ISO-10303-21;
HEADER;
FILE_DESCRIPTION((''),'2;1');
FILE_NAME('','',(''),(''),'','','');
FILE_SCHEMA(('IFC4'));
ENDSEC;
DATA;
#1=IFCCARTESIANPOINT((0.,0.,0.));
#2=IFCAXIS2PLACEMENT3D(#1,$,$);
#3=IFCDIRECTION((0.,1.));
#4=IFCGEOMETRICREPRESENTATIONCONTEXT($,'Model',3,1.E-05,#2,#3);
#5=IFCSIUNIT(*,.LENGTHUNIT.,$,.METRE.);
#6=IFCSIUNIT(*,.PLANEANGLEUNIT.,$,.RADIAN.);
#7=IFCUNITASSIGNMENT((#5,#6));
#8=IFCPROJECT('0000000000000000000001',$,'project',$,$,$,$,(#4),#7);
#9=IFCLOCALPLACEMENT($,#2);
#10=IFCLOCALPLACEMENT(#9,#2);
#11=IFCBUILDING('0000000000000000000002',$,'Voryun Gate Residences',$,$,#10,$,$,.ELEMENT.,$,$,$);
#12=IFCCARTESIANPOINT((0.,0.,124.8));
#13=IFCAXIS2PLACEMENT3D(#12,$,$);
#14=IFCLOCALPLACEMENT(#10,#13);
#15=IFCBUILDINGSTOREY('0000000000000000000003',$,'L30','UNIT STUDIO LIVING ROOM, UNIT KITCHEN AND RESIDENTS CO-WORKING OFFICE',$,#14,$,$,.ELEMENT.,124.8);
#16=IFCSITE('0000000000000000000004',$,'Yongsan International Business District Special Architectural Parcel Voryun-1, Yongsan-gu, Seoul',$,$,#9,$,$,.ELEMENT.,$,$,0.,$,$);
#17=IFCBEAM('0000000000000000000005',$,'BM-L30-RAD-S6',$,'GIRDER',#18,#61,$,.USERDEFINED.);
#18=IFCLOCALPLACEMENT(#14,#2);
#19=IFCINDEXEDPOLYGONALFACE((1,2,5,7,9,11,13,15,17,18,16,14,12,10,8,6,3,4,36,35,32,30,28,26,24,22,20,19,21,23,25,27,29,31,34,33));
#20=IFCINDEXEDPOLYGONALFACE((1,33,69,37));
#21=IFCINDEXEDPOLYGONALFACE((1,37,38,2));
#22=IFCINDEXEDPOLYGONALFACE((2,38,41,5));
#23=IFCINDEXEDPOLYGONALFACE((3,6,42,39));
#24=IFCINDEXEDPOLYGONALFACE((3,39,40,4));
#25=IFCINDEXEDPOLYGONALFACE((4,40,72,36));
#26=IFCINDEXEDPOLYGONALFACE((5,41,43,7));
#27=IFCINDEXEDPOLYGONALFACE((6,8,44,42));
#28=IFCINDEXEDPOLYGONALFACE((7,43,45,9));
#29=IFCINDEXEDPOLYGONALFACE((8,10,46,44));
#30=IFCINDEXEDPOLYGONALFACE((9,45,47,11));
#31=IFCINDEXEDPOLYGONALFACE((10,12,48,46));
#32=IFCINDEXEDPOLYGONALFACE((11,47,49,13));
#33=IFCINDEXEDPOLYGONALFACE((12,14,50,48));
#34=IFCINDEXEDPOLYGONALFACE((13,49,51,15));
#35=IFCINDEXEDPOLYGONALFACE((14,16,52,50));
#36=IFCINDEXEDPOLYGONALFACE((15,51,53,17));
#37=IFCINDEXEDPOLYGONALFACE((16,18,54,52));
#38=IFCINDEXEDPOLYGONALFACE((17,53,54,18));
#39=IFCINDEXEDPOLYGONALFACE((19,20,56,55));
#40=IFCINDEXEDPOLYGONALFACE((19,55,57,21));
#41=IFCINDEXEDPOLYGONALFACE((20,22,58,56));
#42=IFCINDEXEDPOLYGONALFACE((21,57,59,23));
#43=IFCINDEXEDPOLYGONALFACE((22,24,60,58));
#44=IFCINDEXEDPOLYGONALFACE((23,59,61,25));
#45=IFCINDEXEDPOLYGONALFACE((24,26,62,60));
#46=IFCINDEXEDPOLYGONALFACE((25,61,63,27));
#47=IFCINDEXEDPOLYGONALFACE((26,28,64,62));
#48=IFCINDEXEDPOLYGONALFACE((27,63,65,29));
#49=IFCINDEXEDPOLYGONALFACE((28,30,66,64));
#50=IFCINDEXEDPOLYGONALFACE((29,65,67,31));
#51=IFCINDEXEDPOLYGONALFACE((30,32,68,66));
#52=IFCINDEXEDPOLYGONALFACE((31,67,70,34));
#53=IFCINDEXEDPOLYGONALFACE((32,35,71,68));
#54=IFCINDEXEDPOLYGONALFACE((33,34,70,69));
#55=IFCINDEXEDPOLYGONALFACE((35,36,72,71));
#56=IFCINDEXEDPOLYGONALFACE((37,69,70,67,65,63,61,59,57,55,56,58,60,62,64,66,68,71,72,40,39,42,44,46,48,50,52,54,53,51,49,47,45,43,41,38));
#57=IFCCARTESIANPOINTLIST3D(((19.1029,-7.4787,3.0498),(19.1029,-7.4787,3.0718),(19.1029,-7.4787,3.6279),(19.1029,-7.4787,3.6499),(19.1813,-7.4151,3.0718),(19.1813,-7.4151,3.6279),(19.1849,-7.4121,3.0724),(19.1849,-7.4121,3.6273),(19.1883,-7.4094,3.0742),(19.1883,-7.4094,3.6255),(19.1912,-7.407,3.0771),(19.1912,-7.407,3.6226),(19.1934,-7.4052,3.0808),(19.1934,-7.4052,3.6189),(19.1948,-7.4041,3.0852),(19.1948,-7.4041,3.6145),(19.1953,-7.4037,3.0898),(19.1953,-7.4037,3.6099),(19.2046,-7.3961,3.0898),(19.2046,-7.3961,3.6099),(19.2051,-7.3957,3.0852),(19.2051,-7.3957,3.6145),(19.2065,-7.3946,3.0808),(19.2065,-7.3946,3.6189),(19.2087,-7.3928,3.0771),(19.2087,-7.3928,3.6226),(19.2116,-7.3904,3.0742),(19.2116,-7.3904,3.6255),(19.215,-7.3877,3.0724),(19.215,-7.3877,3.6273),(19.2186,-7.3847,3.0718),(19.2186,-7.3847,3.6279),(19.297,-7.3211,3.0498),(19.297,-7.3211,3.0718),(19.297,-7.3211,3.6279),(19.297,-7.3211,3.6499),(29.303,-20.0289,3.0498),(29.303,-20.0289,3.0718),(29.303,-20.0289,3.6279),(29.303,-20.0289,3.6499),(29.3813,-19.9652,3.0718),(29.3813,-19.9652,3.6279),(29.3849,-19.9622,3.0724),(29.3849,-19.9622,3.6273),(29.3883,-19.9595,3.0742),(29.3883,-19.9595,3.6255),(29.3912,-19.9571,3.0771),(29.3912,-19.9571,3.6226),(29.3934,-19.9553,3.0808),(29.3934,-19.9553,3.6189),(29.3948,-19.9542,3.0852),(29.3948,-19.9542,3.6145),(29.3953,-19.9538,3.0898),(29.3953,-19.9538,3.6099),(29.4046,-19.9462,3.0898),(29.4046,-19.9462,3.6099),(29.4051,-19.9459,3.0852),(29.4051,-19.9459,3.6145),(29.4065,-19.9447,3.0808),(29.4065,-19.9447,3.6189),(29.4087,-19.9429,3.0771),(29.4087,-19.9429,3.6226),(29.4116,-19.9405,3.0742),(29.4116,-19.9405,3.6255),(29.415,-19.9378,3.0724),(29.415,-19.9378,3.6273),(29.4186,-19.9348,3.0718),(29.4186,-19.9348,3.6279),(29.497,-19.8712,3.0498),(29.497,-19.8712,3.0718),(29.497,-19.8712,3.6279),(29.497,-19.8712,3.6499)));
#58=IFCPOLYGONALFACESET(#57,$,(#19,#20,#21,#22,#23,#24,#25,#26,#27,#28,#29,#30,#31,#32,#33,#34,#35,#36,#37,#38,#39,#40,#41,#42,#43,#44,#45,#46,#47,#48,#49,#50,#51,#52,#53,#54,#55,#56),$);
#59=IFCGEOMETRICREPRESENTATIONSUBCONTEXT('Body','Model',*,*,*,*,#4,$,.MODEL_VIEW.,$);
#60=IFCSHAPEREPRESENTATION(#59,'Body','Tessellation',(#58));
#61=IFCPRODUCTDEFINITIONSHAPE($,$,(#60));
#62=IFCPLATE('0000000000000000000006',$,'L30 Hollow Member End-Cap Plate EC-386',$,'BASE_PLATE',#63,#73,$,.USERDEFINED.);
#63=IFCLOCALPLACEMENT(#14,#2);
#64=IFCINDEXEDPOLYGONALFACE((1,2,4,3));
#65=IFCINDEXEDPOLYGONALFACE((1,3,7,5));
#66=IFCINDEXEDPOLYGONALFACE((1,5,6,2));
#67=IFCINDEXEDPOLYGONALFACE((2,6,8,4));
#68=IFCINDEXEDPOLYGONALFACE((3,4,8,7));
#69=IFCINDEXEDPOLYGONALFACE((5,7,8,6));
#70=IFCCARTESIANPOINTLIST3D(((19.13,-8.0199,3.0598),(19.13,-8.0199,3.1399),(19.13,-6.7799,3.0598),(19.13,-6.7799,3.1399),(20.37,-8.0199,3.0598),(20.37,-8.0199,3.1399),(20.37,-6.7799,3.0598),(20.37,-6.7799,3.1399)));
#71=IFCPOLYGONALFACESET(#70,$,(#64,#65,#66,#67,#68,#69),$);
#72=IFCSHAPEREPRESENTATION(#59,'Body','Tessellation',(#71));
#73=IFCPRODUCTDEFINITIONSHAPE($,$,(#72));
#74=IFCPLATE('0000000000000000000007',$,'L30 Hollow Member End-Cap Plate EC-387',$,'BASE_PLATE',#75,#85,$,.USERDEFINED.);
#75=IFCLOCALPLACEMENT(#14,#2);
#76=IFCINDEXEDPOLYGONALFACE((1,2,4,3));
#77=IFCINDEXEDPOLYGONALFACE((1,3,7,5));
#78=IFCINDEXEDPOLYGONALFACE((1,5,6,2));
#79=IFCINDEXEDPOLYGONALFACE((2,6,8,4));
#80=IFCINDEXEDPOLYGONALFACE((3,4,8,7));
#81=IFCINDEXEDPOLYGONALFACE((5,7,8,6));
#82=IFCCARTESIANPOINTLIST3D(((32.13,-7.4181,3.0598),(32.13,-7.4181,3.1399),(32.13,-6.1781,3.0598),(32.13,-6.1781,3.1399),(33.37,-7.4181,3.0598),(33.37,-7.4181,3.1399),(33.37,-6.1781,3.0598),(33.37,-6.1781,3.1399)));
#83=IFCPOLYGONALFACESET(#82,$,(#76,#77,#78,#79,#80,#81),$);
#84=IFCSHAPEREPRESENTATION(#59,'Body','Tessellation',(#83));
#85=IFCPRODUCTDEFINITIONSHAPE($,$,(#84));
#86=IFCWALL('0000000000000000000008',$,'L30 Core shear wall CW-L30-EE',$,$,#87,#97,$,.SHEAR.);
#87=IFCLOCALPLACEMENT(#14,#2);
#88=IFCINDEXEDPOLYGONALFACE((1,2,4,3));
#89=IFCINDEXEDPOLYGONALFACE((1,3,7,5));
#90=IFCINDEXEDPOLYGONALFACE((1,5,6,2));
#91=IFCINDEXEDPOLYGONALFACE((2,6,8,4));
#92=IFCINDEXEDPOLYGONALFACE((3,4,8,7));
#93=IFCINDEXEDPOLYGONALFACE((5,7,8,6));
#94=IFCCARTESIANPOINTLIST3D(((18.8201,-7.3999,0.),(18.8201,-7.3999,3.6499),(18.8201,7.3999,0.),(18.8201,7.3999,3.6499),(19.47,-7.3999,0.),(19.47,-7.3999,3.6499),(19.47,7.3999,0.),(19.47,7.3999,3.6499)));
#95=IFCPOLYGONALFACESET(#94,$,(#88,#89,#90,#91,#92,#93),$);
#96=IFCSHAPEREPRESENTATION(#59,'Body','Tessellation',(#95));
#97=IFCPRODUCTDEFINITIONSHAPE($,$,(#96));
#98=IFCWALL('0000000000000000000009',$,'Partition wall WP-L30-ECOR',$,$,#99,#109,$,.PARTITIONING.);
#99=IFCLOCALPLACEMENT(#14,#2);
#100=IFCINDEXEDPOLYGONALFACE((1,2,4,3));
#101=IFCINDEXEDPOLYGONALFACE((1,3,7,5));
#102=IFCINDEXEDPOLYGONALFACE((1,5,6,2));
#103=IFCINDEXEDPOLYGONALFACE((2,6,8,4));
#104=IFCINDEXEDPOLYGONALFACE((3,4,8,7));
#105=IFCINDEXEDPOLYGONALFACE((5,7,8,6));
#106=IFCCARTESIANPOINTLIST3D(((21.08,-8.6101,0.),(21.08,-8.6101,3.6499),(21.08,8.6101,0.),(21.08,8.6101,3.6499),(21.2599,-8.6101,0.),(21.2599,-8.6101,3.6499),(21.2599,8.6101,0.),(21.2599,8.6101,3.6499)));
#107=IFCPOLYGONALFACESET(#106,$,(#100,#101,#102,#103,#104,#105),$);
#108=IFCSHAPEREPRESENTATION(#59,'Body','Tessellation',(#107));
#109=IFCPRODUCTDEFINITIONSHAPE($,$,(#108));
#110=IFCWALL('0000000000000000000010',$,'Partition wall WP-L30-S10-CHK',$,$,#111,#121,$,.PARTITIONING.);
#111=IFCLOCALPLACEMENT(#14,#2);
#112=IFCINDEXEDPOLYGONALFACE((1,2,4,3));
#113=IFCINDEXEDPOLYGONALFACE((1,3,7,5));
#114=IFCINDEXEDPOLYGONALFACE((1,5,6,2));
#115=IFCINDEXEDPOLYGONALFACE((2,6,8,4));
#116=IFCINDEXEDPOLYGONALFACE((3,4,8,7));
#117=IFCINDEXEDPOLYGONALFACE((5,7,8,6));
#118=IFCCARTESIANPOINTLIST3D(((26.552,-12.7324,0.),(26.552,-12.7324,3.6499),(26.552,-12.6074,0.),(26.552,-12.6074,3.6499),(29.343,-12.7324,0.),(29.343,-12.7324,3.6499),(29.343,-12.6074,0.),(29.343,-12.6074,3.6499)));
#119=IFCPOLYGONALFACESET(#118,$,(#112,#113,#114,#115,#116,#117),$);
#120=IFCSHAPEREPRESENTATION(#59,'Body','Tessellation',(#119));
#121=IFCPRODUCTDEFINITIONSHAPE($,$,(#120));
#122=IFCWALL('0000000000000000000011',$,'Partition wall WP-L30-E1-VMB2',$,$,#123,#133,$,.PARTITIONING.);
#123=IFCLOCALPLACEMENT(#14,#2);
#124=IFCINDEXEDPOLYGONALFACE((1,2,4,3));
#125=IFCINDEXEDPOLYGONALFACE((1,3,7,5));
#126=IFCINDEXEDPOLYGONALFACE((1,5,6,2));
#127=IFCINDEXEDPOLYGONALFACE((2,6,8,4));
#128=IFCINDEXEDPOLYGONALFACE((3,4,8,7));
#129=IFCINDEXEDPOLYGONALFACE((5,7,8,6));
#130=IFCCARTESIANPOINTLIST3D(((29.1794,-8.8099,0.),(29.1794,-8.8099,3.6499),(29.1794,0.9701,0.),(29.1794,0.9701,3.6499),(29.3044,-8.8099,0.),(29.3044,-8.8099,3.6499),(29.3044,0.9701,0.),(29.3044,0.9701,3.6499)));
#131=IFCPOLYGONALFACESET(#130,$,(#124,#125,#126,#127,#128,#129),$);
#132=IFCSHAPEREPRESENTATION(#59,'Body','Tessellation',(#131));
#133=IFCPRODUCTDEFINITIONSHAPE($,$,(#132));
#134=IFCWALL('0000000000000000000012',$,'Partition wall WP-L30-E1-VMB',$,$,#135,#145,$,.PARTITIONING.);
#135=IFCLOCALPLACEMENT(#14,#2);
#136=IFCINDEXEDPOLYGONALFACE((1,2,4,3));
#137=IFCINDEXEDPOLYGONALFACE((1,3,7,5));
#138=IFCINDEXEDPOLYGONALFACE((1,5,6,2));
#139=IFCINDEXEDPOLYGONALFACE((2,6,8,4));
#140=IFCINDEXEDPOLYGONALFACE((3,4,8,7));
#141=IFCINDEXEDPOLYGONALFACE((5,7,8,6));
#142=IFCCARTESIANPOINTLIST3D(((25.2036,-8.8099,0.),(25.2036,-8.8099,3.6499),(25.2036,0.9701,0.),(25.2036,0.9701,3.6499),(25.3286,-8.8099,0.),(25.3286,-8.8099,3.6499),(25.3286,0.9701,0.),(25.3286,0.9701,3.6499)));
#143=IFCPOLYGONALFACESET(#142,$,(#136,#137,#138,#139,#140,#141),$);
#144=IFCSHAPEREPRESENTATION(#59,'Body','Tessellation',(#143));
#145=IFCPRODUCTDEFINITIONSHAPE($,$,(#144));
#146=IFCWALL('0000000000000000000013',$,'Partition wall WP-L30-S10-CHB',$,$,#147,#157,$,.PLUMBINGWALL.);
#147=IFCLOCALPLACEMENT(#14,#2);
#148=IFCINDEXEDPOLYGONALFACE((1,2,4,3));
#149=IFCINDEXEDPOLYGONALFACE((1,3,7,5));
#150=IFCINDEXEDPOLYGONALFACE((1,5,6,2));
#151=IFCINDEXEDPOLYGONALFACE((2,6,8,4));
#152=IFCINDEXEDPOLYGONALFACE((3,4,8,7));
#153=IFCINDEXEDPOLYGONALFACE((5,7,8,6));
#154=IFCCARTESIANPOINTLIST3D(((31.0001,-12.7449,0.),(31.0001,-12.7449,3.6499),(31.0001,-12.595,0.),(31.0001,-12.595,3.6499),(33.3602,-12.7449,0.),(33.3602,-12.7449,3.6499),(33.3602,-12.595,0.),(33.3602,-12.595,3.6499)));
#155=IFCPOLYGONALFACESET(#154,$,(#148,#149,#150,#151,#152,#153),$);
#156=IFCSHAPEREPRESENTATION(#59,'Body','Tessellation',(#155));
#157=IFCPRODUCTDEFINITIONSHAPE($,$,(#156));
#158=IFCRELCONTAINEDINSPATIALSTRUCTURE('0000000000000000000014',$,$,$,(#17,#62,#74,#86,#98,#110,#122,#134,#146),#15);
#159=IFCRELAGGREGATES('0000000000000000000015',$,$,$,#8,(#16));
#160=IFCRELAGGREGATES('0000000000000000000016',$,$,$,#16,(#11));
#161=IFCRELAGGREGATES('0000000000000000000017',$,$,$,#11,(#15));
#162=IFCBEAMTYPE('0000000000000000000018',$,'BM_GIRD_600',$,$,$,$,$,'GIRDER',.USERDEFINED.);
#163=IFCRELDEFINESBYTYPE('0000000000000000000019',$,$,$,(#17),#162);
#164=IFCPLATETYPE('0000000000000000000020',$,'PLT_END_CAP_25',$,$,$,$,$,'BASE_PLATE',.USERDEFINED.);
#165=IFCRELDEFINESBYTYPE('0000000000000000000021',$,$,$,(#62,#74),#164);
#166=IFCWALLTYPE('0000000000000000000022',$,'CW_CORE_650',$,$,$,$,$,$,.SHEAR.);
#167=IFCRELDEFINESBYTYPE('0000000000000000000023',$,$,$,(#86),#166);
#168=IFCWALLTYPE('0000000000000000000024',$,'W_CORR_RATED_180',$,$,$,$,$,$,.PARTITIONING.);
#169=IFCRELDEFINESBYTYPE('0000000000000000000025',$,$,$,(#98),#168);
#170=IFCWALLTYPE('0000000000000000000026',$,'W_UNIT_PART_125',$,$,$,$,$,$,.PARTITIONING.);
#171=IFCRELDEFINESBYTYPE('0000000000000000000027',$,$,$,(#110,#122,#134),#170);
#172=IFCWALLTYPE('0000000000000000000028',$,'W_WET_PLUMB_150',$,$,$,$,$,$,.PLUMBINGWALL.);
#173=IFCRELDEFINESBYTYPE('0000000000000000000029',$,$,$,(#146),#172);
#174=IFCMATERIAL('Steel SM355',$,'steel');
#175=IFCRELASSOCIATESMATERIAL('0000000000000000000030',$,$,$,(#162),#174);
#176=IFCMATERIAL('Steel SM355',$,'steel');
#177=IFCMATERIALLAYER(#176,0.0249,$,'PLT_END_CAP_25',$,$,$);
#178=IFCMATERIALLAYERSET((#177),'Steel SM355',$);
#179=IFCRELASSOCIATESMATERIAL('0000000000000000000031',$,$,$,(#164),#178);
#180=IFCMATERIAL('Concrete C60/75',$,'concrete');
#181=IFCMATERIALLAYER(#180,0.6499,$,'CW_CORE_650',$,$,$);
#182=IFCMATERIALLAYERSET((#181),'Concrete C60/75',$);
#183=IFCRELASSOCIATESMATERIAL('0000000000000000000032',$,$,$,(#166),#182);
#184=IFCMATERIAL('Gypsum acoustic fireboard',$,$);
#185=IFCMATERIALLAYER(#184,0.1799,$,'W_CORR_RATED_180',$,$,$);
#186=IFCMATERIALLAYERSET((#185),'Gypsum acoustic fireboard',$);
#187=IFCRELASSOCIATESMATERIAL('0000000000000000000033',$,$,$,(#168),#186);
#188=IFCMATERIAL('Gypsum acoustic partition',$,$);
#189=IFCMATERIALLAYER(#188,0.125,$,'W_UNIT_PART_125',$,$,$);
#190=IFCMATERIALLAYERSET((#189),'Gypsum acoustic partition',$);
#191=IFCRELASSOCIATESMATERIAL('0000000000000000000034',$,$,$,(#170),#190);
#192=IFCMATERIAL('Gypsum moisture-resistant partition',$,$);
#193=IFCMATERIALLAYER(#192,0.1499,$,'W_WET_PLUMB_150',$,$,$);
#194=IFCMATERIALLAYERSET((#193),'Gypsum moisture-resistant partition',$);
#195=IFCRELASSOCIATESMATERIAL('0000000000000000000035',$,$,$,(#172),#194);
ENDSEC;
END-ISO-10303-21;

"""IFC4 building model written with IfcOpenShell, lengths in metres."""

from ifc_helpers import new_model, si_unit, direction, frame, frame_2d, origin, origin_2d, place, context, subcontext, project, spatial, rectangle, i_section, extrude, material, layer, layer_set, material_profile, profile_set, type_object, element, save


model = new_model("IFC4")

# Units and contexts
model_context = context("Model", 3, precision=1e-05, world=origin(), true_north=direction((0.0, 1.0)))
body_context = subcontext(model_context, "Body", "Model", "MODEL_VIEW")
ifc_project = project(units=[si_unit("LENGTHUNIT", "METRE"), si_unit("PLANEANGLEUNIT", "RADIAN")], contexts=[model_context])

# Site, building, storey
site_placement = place(None, origin())
site = spatial("IfcSite", under=ifc_project, at=site_placement, Name="Yongsan International Business District Special Architectural Parcel Voryun-1, Yongsan-gu, Seoul", CompositionType="ELEMENT", RefElevation=0.0)
building_placement = place(site_placement, origin())
building = spatial("IfcBuilding", under=site, at=building_placement, Name="Voryun Gate Residences", CompositionType="ELEMENT")
storey_placement = place(building_placement, frame((0.0, 0.0, 124.8)))
storey = spatial("IfcBuildingStorey", under=building, at=storey_placement, Name="L30", Description="UNIT STUDIO LIVING ROOM, UNIT KITCHEN AND RESIDENTS CO-WORKING OFFICE", CompositionType="ELEMENT", Elevation=124.8)

# Beam
ifc_material_1 = material(Name="Steel SM355", Category="steel")
ifc_material_profile_1 = material_profile(ifc_material_1, i_section(OverallWidth=0.25, OverallDepth=0.6001, WebThickness=0.012, FlangeThickness=0.022, FilletRadius=0.0181, at=origin_2d()), Name="H-600x250x12x22")
ifc_profile_set_1 = profile_set([ifc_material_profile_1], Name="Steel SM355")
beam_type_1 = type_object("IfcBeamType", Name="BM_GIRD_600", ElementType="GIRDER", PredefinedType="USERDEFINED", material=ifc_profile_set_1)
beam_1_placement = place(storey_placement, frame((19.2, -7.3999, 3.3499), z_axis=(0.630706, -0.776022, 0.0), x_axis=(0.776022, 0.630706, 0.0)))
element("IfcBeam", 1, at=beam_1_placement, inside=storey, type_object=beam_type_1, Name="BM-L30-RAD-S6", ObjectType="GIRDER", PredefinedType="USERDEFINED", context=body_context, shape_type="SweptSolid", body=[
    extrude(i_section(OverallWidth=0.25, OverallDepth=0.6001, WebThickness=0.012, FlangeThickness=0.022, FilletRadius=0.0181, at=origin_2d()), origin(), (0.0, 0.0, 1.0), 16.1724),
])

# Plates
ifc_material_2 = material(Name="Steel SM355", Category="steel")
ifc_layer_1 = layer(ifc_material_2, 0.0249, Name="PLT_END_CAP_25")
ifc_layer_set_1 = layer_set([ifc_layer_1], Name="Steel SM355")
plate_type = type_object("IfcPlateType", Name="PLT_END_CAP_25", ElementType="BASE_PLATE", PredefinedType="USERDEFINED", material=ifc_layer_set_1)
for number, where, z_axis, x_axis, name in (
    (2, (19.75, -7.3999, 3.0598), (0.0, 0.0, 1.0), (1.0, 0.0, 0.0), "L30 Hollow Member End-Cap Plate EC-386"),
    (3, (32.75, -6.7981, 3.0598), (0.0, 0.0, 1.0), (1.0, 0.0, 0.0), "L30 Hollow Member End-Cap Plate EC-387"),
):
    element("IfcPlate", number, at=place(storey_placement, frame(where, z_axis=z_axis, x_axis=x_axis)), inside=storey, type_object=plate_type, Name=name, ObjectType="BASE_PLATE", PredefinedType="USERDEFINED", context=body_context, shape_type="SweptSolid", body=[
        extrude(rectangle(XDim=1.24, YDim=1.24, at=origin_2d()), origin(), (0.0, 0.0, 1.0), 0.0801),
    ])

# Walls
ifc_material_3 = material(Name="Concrete C60/75", Category="concrete")
ifc_layer_2 = layer(ifc_material_3, 0.6499, Name="CW_CORE_650")
ifc_layer_set_2 = layer_set([ifc_layer_2], Name="Concrete C60/75")
wall_type_1 = type_object("IfcWallType", Name="CW_CORE_650", PredefinedType="SHEAR", material=ifc_layer_set_2)
wall_1_placement = place(storey_placement, frame((19.145, -7.3999, 0.0), z_axis=(0.0, 0.0, 1.0), x_axis=(0.0, 1.0, 0.0)))
element("IfcWall", 4, at=wall_1_placement, inside=storey, type_object=wall_type_1, Name="L30 Core shear wall CW-L30-EE", PredefinedType="SHEAR", context=body_context, shape_type="SweptSolid", body=[
    extrude(rectangle(XDim=14.7998, YDim=0.6499, at=frame_2d((7.3999, 0.0))), origin(), (0.0, 0.0, 1.0), 3.6499),
])
ifc_material_4 = material(Name="Gypsum acoustic fireboard")
ifc_layer_3 = layer(ifc_material_4, 0.1799, Name="W_CORR_RATED_180")
ifc_layer_set_3 = layer_set([ifc_layer_3], Name="Gypsum acoustic fireboard")
wall_type_2 = type_object("IfcWallType", Name="W_CORR_RATED_180", PredefinedType="PARTITIONING", material=ifc_layer_set_3)
wall_2_placement = place(storey_placement, frame((21.1699, -8.6101, 0.0), z_axis=(0.0, 0.0, 1.0), x_axis=(0.0, 1.0, 0.0)))
element("IfcWall", 5, at=wall_2_placement, inside=storey, type_object=wall_type_2, Name="Partition wall WP-L30-ECOR", PredefinedType="PARTITIONING", context=body_context, shape_type="SweptSolid", body=[
    extrude(rectangle(XDim=17.2202, YDim=0.1799, at=frame_2d((8.6101, 0.0))), origin(), (0.0, 0.0, 1.0), 3.6499),
])
ifc_material_5 = material(Name="Gypsum acoustic partition")
ifc_layer_4 = layer(ifc_material_5, 0.125, Name="W_UNIT_PART_125")
ifc_layer_set_4 = layer_set([ifc_layer_4], Name="Gypsum acoustic partition")
wall_type_3 = type_object("IfcWallType", Name="W_UNIT_PART_125", PredefinedType="PARTITIONING", material=ifc_layer_set_4)
wall_3_placement = place(storey_placement, frame((26.552, -12.6699, 0.0), z_axis=(0.0, 0.0, 1.0), x_axis=(1.0, 0.0, 0.0)))
element("IfcWall", 6, at=wall_3_placement, inside=storey, type_object=wall_type_3, Name="Partition wall WP-L30-S10-CHK", PredefinedType="PARTITIONING", context=body_context, shape_type="SweptSolid", body=[
    extrude(rectangle(XDim=2.791, YDim=0.125, at=frame_2d((1.3955, 0.0))), origin(), (0.0, 0.0, 1.0), 3.6499),
])
for number, where, z_axis, x_axis, name in (
    (7, (29.2419, -8.8101, 0.0), (0.0, 0.0, 1.0), (0.0, 1.0, 0.0), "Partition wall WP-L30-E1-VMB2"),
    (8, (25.2661, -8.8101, 0.0), (0.0, 0.0, 1.0), (0.0, 1.0, 0.0), "Partition wall WP-L30-E1-VMB"),
):
    element("IfcWall", number, at=place(storey_placement, frame(where, z_axis=z_axis, x_axis=x_axis)), inside=storey, type_object=wall_type_3, Name=name, PredefinedType="PARTITIONING", context=body_context, shape_type="SweptSolid", body=[
        extrude(rectangle(XDim=9.78, YDim=0.125, at=frame_2d((4.8901, 0.0))), origin(), (0.0, 0.0, 1.0), 3.6499),
    ])
ifc_material_6 = material(Name="Gypsum moisture-resistant partition")
ifc_layer_5 = layer(ifc_material_6, 0.1499, Name="W_WET_PLUMB_150")
ifc_layer_set_5 = layer_set([ifc_layer_5], Name="Gypsum moisture-resistant partition")
wall_type_4 = type_object("IfcWallType", Name="W_WET_PLUMB_150", PredefinedType="PLUMBINGWALL", material=ifc_layer_set_5)
wall_4_placement = place(storey_placement, frame((31.0, -12.6699, 0.0), z_axis=(0.0, 0.0, 1.0), x_axis=(1.0, 0.0, 0.0)))
element("IfcWall", 9, at=wall_4_placement, inside=storey, type_object=wall_type_4, Name="Partition wall WP-L30-S10-CHB", PredefinedType="PLUMBINGWALL", context=body_context, shape_type="SweptSolid", body=[
    extrude(rectangle(XDim=2.3601, YDim=0.1499, at=frame_2d((1.1802, 0.0))), origin(), (0.0, 0.0, 1.0), 3.6499),
])

save(model, "model.ifc")
